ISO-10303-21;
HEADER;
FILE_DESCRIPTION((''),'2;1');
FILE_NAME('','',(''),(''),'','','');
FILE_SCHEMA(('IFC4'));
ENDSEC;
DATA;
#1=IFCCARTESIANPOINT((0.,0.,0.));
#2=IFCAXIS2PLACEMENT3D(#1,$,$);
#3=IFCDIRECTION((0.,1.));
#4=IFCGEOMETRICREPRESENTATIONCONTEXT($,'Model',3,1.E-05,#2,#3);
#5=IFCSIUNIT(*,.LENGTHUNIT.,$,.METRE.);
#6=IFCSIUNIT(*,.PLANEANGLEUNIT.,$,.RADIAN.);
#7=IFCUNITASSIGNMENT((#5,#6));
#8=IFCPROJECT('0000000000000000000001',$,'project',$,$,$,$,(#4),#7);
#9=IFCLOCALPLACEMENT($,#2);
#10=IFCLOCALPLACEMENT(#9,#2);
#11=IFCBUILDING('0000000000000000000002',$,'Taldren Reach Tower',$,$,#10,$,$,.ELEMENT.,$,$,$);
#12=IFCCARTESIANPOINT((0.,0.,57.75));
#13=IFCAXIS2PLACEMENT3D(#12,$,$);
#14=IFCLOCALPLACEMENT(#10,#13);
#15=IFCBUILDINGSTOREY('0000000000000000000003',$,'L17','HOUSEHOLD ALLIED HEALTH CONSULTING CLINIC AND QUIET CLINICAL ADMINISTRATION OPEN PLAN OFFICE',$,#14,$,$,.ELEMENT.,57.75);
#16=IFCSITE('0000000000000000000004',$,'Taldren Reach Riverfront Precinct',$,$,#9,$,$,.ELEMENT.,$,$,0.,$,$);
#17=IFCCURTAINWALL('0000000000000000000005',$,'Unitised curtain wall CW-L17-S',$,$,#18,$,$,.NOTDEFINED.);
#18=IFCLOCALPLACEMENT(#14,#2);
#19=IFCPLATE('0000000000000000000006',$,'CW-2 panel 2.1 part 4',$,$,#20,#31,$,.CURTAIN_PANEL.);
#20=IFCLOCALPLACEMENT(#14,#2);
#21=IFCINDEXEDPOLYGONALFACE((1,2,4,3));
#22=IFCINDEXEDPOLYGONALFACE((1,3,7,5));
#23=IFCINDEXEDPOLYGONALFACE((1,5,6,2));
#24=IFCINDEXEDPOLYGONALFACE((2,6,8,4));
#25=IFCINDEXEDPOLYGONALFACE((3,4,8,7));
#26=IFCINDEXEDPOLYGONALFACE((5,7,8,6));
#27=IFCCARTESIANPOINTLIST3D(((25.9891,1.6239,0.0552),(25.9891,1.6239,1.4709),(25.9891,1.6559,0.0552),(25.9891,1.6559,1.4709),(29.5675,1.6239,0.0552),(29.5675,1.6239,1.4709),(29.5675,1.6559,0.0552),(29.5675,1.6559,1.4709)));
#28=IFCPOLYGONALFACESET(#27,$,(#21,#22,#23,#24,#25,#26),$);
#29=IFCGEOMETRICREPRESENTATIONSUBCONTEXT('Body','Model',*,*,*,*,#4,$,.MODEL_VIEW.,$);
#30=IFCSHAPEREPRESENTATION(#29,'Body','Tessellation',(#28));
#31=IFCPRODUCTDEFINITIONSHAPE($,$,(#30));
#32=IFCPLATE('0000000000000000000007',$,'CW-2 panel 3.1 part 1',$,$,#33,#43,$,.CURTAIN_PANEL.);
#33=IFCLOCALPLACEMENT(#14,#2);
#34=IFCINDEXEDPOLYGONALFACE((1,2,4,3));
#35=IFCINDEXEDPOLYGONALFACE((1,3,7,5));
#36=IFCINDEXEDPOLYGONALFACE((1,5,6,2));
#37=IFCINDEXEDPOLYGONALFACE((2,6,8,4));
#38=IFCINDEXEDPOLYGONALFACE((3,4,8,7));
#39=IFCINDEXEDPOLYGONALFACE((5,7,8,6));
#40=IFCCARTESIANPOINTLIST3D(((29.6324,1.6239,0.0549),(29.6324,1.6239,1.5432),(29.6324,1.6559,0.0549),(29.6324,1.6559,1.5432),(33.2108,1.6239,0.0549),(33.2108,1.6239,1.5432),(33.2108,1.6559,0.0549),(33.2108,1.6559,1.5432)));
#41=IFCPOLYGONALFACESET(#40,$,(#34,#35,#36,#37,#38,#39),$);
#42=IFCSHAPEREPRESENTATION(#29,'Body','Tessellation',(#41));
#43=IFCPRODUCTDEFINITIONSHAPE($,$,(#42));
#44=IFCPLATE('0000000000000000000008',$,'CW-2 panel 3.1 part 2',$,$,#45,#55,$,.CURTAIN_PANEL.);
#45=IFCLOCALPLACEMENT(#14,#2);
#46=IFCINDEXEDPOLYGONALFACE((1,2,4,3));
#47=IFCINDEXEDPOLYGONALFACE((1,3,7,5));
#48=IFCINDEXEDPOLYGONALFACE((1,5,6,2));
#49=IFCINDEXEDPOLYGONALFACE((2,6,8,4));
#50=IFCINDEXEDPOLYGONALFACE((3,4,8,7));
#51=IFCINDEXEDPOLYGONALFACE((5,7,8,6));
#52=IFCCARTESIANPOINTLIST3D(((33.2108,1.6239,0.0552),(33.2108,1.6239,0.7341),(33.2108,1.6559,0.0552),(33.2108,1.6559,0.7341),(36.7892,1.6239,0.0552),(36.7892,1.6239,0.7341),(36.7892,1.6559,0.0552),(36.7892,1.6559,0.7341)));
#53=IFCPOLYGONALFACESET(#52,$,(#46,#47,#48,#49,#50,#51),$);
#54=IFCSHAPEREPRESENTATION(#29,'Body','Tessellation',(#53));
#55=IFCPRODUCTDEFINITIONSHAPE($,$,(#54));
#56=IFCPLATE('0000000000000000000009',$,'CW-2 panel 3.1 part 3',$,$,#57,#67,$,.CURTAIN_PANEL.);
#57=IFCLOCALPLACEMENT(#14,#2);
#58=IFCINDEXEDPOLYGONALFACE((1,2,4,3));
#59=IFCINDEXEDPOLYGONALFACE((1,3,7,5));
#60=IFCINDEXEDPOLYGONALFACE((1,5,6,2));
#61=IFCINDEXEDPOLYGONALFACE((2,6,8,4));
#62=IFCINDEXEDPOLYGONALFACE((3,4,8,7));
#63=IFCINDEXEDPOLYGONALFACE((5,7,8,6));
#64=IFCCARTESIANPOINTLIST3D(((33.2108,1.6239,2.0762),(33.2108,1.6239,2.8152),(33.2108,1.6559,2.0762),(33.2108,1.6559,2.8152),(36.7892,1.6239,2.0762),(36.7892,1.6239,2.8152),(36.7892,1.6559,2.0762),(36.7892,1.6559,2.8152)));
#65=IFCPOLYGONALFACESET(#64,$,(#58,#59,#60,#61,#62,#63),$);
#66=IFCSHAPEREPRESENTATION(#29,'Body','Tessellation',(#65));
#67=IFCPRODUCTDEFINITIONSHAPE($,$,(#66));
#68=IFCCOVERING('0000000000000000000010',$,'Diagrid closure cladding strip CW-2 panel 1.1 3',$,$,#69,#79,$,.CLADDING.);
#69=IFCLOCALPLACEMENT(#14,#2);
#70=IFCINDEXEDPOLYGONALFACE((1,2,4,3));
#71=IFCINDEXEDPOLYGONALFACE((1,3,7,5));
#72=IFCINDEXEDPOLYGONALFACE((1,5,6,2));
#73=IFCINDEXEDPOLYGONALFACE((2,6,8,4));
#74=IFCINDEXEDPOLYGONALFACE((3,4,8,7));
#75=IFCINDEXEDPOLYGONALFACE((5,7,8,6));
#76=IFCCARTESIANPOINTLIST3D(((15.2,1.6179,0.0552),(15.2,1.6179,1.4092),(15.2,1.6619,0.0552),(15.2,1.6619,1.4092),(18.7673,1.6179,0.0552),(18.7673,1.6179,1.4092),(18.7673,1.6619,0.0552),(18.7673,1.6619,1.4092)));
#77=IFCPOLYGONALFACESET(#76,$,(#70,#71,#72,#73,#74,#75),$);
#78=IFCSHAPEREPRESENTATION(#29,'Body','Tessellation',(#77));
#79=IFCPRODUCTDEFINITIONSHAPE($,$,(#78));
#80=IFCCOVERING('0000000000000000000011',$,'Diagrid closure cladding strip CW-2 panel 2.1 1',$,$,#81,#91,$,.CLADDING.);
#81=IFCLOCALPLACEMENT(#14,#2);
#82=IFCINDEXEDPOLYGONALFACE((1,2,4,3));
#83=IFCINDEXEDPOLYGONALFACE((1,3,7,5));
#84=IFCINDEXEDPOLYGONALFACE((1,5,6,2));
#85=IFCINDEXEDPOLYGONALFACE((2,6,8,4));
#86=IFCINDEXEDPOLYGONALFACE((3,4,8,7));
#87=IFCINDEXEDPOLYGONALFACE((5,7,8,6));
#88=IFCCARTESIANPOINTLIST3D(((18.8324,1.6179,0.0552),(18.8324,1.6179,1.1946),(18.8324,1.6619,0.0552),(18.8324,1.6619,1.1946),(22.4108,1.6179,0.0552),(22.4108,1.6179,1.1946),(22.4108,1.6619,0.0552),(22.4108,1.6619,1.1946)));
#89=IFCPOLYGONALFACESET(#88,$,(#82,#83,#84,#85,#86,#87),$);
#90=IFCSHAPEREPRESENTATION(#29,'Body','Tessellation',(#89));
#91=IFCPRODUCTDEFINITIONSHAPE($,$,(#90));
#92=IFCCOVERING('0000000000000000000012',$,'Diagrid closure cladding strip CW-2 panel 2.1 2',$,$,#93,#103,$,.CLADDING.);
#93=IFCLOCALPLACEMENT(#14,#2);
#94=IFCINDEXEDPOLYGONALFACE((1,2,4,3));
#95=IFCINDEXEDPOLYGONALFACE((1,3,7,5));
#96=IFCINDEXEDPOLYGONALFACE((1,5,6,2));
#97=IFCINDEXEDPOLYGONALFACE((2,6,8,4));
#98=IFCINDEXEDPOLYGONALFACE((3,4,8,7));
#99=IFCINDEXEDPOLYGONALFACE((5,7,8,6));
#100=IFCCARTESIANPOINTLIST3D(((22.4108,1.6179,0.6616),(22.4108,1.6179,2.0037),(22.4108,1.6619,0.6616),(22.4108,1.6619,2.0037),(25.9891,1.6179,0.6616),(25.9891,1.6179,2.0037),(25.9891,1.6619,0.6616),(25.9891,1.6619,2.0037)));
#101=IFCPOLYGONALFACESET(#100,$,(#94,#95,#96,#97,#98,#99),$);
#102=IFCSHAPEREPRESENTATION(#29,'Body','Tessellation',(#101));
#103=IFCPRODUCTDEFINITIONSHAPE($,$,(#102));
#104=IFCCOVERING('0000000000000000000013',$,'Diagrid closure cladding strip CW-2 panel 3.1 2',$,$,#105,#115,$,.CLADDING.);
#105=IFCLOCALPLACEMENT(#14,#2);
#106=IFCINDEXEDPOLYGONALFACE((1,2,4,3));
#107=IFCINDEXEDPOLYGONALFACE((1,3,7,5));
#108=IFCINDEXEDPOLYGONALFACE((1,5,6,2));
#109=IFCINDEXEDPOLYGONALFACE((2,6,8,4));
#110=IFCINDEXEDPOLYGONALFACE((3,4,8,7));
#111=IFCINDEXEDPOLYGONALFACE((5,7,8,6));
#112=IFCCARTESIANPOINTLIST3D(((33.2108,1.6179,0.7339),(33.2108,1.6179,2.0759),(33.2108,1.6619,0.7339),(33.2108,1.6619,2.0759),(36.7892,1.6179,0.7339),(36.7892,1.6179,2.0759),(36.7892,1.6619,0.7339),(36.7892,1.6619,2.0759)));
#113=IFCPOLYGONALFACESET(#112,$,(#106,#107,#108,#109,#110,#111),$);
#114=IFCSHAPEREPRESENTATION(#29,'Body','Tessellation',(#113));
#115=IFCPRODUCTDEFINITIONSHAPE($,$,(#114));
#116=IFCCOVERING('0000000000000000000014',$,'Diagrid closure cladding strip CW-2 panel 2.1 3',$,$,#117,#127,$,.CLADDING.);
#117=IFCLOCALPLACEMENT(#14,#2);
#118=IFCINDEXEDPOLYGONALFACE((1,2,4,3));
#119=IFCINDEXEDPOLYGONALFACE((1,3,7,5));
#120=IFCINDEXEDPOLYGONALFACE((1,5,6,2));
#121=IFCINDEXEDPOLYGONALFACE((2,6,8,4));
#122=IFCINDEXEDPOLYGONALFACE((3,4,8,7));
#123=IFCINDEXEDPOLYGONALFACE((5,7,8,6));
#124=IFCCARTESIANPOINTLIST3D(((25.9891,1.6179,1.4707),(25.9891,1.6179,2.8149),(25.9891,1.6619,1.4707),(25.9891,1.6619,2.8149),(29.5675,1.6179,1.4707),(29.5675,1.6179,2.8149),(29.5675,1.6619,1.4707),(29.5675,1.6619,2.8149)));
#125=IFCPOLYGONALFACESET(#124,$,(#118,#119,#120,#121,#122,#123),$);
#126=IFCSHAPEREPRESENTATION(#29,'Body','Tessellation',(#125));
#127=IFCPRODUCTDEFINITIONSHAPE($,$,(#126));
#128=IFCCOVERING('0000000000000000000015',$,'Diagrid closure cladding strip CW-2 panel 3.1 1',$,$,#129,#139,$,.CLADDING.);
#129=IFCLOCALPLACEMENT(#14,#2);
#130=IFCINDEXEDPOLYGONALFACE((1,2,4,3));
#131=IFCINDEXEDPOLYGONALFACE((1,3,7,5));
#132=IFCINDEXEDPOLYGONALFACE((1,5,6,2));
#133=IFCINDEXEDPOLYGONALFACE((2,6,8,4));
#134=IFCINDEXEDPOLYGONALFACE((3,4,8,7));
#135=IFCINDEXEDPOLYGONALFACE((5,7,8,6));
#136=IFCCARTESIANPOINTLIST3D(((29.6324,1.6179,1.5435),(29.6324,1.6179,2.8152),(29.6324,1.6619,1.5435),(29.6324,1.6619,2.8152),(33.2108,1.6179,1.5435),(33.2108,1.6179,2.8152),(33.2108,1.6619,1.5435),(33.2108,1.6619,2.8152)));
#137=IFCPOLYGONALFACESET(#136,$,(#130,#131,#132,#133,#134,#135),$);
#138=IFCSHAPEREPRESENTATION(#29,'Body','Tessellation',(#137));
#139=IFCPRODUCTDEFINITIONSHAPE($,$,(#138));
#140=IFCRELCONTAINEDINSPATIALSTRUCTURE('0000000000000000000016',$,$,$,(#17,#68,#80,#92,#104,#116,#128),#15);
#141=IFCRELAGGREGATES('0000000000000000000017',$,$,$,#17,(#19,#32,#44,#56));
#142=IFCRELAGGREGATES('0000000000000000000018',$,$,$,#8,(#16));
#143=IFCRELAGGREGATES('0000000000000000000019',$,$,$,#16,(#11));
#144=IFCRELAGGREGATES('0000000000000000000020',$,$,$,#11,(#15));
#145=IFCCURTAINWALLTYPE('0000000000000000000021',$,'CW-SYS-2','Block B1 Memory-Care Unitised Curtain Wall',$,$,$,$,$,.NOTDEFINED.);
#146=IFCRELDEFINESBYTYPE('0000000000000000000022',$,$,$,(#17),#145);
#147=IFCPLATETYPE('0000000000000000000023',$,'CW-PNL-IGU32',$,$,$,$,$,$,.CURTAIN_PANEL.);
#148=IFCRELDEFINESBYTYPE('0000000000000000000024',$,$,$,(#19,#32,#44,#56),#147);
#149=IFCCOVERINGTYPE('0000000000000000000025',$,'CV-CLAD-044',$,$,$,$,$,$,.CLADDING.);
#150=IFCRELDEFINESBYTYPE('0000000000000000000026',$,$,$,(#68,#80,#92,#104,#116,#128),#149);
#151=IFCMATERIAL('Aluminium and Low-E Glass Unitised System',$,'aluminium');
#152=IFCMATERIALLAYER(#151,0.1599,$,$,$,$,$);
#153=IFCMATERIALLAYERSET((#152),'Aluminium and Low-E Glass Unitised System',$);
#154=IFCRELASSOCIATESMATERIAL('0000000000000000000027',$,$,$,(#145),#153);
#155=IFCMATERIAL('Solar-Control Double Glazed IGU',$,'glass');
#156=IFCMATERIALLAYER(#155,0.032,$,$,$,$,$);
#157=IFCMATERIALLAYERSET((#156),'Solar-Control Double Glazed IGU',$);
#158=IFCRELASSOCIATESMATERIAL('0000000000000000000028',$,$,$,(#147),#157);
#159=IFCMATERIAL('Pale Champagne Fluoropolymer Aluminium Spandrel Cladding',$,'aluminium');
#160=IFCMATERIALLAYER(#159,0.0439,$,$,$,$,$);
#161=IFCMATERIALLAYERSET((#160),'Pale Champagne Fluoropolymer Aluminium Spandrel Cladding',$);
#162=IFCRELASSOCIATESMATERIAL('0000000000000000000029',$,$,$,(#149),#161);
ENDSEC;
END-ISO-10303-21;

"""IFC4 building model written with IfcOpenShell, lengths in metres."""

from ifc_helpers import new_model, si_unit, direction, frame, origin, origin_2d, place, context, subcontext, project, spatial, rectangle, extrude, source, transform, mapped, material, layer, layer_set, type_object, element, aggregate, save


model = new_model("IFC4")

# Units and contexts
model_context = context("Model", 3, precision=1e-05, world=origin(), true_north=direction((0.0, 1.0)))
body_context = subcontext(model_context, "Body", "Model", "MODEL_VIEW")
ifc_project = project(units=[si_unit("LENGTHUNIT", "METRE"), si_unit("PLANEANGLEUNIT", "RADIAN")], contexts=[model_context])

# Site, building, storey
site_placement = place(None, origin())
site = spatial("IfcSite", under=ifc_project, at=site_placement, Name="Taldren Reach Riverfront Precinct", CompositionType="ELEMENT", RefElevation=0.0)
building_placement = place(site_placement, origin())
building = spatial("IfcBuilding", under=site, at=building_placement, Name="Taldren Reach Tower", CompositionType="ELEMENT")
storey_placement = place(building_placement, frame((0.0, 0.0, 57.75)))
storey = spatial("IfcBuildingStorey", under=building, at=storey_placement, Name="L17", Description="HOUSEHOLD ALLIED HEALTH CONSULTING CLINIC AND QUIET CLINICAL ADMINISTRATION OPEN PLAN OFFICE", CompositionType="ELEMENT", Elevation=57.75)

# Curtain wall
ifc_material_1 = material(Name="Aluminium and Low-E Glass Unitised System", Category="aluminium")
ifc_layer_1 = layer(ifc_material_1, 0.1599)
ifc_layer_set_1 = layer_set([ifc_layer_1], Name="Aluminium and Low-E Glass Unitised System")
curtain_wall_type = type_object("IfcCurtainWallType", Name="CW-SYS-2", Description="Block B1 Memory-Care Unitised Curtain Wall", PredefinedType="NOTDEFINED", material=ifc_layer_set_1)
curtain_wall_placement = place(storey_placement, origin())
curtain_wall = element("IfcCurtainWall", 1, at=curtain_wall_placement, inside=storey, type_object=curtain_wall_type, Name="Unitised curtain wall CW-L17-S", PredefinedType="NOTDEFINED")

# Plates
ifc_material_2 = material(Name="Solar-Control Double Glazed IGU", Category="glass")
ifc_layer_2 = layer(ifc_material_2, 0.032)
ifc_layer_set_2 = layer_set([ifc_layer_2], Name="Solar-Control Double Glazed IGU")
plate_type_1 = type_object("IfcPlateType", Name="CW-PNL-IGU32", PredefinedType="CURTAIN_PANEL", material=ifc_layer_set_2)
shared_shape_1 = source(origin(), body_context, "Body", "SweptSolid", [
    extrude(rectangle(XDim=3.5784, YDim=0.032, at=origin_2d()), origin(), (0.0, 0.0, 1.0), 1.4158),
])
plate_1_placement = place(storey_placement, frame((27.7783, 1.6399, 0.0552), z_axis=(0.0, 0.0, 1.0), x_axis=(1.0, 0.0, 0.0)))
plate_1 = element("IfcPlate", 2, at=plate_1_placement, type_object=plate_type_1, Name="CW-2 panel 2.1 part 4", PredefinedType="CURTAIN_PANEL", context=body_context, shape_type="MappedRepresentation", body=[
    mapped(shared_shape_1, transform((0.0, 0.0, 0.0), scale=1.0)),
])
shared_shape_2 = source(origin(), body_context, "Body", "SweptSolid", [
    extrude(rectangle(XDim=3.5784, YDim=0.032, at=origin_2d()), origin(), (0.0, 0.0, 1.0), 1.4883),
])
plate_2_placement = place(storey_placement, frame((31.4216, 1.6399, 0.0549), z_axis=(0.0, 0.0, 1.0), x_axis=(1.0, 0.0, 0.0)))
plate_2 = element("IfcPlate", 3, at=plate_2_placement, type_object=plate_type_1, Name="CW-2 panel 3.1 part 1", PredefinedType="CURTAIN_PANEL", context=body_context, shape_type="MappedRepresentation", body=[
    mapped(shared_shape_2, transform((0.0, 0.0, 0.0), scale=1.0)),
])
shared_shape_3 = source(origin(), body_context, "Body", "SweptSolid", [
    extrude(rectangle(XDim=3.5784, YDim=0.032, at=origin_2d()), origin(), (0.0, 0.0, 1.0), 0.679),
])
plate_3_placement = place(storey_placement, frame((35.0, 1.6399, 0.0552), z_axis=(0.0, 0.0, 1.0), x_axis=(1.0, 0.0, 0.0)))
plate_3 = element("IfcPlate", 4, at=plate_3_placement, type_object=plate_type_1, Name="CW-2 panel 3.1 part 2", PredefinedType="CURTAIN_PANEL", context=body_context, shape_type="MappedRepresentation", body=[
    mapped(shared_shape_3, transform((0.0, 0.0, 0.0), scale=1.0)),
])
shared_shape_4 = source(origin(), body_context, "Body", "SweptSolid", [
    extrude(rectangle(XDim=3.5784, YDim=0.032, at=origin_2d()), origin(), (0.0, 0.0, 1.0), 0.739),
])
plate_4_placement = place(storey_placement, frame((35.0, 1.6399, 2.0762), z_axis=(0.0, 0.0, 1.0), x_axis=(1.0, 0.0, 0.0)))
plate_4 = element("IfcPlate", 5, at=plate_4_placement, type_object=plate_type_1, Name="CW-2 panel 3.1 part 3", PredefinedType="CURTAIN_PANEL", context=body_context, shape_type="MappedRepresentation", body=[
    mapped(shared_shape_4, transform((0.0, 0.0, 0.0), scale=1.0)),
])
aggregate(curtain_wall, [plate_1, plate_2, plate_3, plate_4])

# Coverings
ifc_material_3 = material(Name="Pale Champagne Fluoropolymer Aluminium Spandrel Cladding", Category="aluminium")
ifc_layer_3 = layer(ifc_material_3, 0.0439)
ifc_layer_set_3 = layer_set([ifc_layer_3], Name="Pale Champagne Fluoropolymer Aluminium Spandrel Cladding")
covering_type = type_object("IfcCoveringType", Name="CV-CLAD-044", PredefinedType="CLADDING", material=ifc_layer_set_3)
shared_shape_5 = source(origin(), body_context, "Body", "SweptSolid", [
    extrude(rectangle(XDim=3.5674, YDim=0.0439, at=origin_2d()), origin(), (0.0, 0.0, 1.0), 1.354),
])
covering_1_placement = place(storey_placement, frame((16.9836, 1.6399, 0.0552), z_axis=(0.0, 0.0, 1.0), x_axis=(1.0, 0.0, 0.0)))
element("IfcCovering", 6, at=covering_1_placement, inside=storey, type_object=covering_type, Name="Diagrid closure cladding strip CW-2 panel 1.1 3", PredefinedType="CLADDING", context=body_context, shape_type="MappedRepresentation", body=[
    mapped(shared_shape_5, transform((0.0, 0.0, 0.0), scale=1.0)),
])
shared_shape_6 = source(origin(), body_context, "Body", "SweptSolid", [
    extrude(rectangle(XDim=3.5784, YDim=0.0439, at=origin_2d()), origin(), (0.0, 0.0, 1.0), 1.1394),
])
covering_2_placement = place(storey_placement, frame((20.6216, 1.6399, 0.0552), z_axis=(0.0, 0.0, 1.0), x_axis=(1.0, 0.0, 0.0)))
element("IfcCovering", 7, at=covering_2_placement, inside=storey, type_object=covering_type, Name="Diagrid closure cladding strip CW-2 panel 2.1 1", PredefinedType="CLADDING", context=body_context, shape_type="MappedRepresentation", body=[
    mapped(shared_shape_6, transform((0.0, 0.0, 0.0), scale=1.0)),
])
shared_shape_7 = source(origin(), body_context, "Body", "SweptSolid", [
    extrude(rectangle(XDim=3.5784, YDim=0.0439, at=origin_2d()), origin(), (0.0, 0.0, 1.0), 1.342),
])
for number, where, z_axis, x_axis, name in (
    (8, (24.2, 1.6399, 0.6616), (0.0, 0.0, 1.0), (1.0, 0.0, 0.0), "Diagrid closure cladding strip CW-2 panel 2.1 2"),
    (9, (35.0, 1.6399, 0.7339), (0.0, 0.0, 1.0), (1.0, 0.0, 0.0), "Diagrid closure cladding strip CW-2 panel 3.1 2"),
):
    element("IfcCovering", number, at=place(storey_placement, frame(where, z_axis=z_axis, x_axis=x_axis)), inside=storey, type_object=covering_type, Name=name, PredefinedType="CLADDING", context=body_context, shape_type="MappedRepresentation", body=[
        mapped(shared_shape_7, transform((0.0, 0.0, 0.0), scale=1.0)),
    ])
shared_shape_8 = source(origin(), body_context, "Body", "SweptSolid", [
    extrude(rectangle(XDim=3.5784, YDim=0.0439, at=origin_2d()), origin(), (0.0, 0.0, 1.0), 1.3442),
])
covering_3_placement = place(storey_placement, frame((27.7783, 1.6399, 1.4707), z_axis=(0.0, 0.0, 1.0), x_axis=(1.0, 0.0, 0.0)))
element("IfcCovering", 10, at=covering_3_placement, inside=storey, type_object=covering_type, Name="Diagrid closure cladding strip CW-2 panel 2.1 3", PredefinedType="CLADDING", context=body_context, shape_type="MappedRepresentation", body=[
    mapped(shared_shape_8, transform((0.0, 0.0, 0.0), scale=1.0)),
])
shared_shape_9 = source(origin(), body_context, "Body", "SweptSolid", [
    extrude(rectangle(XDim=3.5784, YDim=0.0439, at=origin_2d()), origin(), (0.0, 0.0, 1.0), 1.2717),
])
covering_4_placement = place(storey_placement, frame((31.4216, 1.6399, 1.5435), z_axis=(0.0, 0.0, 1.0), x_axis=(1.0, 0.0, 0.0)))
element("IfcCovering", 11, at=covering_4_placement, inside=storey, type_object=covering_type, Name="Diagrid closure cladding strip CW-2 panel 3.1 1", PredefinedType="CLADDING", context=body_context, shape_type="MappedRepresentation", body=[
    mapped(shared_shape_9, transform((0.0, 0.0, 0.0), scale=1.0)),
])

save(model, "model.ifc")
